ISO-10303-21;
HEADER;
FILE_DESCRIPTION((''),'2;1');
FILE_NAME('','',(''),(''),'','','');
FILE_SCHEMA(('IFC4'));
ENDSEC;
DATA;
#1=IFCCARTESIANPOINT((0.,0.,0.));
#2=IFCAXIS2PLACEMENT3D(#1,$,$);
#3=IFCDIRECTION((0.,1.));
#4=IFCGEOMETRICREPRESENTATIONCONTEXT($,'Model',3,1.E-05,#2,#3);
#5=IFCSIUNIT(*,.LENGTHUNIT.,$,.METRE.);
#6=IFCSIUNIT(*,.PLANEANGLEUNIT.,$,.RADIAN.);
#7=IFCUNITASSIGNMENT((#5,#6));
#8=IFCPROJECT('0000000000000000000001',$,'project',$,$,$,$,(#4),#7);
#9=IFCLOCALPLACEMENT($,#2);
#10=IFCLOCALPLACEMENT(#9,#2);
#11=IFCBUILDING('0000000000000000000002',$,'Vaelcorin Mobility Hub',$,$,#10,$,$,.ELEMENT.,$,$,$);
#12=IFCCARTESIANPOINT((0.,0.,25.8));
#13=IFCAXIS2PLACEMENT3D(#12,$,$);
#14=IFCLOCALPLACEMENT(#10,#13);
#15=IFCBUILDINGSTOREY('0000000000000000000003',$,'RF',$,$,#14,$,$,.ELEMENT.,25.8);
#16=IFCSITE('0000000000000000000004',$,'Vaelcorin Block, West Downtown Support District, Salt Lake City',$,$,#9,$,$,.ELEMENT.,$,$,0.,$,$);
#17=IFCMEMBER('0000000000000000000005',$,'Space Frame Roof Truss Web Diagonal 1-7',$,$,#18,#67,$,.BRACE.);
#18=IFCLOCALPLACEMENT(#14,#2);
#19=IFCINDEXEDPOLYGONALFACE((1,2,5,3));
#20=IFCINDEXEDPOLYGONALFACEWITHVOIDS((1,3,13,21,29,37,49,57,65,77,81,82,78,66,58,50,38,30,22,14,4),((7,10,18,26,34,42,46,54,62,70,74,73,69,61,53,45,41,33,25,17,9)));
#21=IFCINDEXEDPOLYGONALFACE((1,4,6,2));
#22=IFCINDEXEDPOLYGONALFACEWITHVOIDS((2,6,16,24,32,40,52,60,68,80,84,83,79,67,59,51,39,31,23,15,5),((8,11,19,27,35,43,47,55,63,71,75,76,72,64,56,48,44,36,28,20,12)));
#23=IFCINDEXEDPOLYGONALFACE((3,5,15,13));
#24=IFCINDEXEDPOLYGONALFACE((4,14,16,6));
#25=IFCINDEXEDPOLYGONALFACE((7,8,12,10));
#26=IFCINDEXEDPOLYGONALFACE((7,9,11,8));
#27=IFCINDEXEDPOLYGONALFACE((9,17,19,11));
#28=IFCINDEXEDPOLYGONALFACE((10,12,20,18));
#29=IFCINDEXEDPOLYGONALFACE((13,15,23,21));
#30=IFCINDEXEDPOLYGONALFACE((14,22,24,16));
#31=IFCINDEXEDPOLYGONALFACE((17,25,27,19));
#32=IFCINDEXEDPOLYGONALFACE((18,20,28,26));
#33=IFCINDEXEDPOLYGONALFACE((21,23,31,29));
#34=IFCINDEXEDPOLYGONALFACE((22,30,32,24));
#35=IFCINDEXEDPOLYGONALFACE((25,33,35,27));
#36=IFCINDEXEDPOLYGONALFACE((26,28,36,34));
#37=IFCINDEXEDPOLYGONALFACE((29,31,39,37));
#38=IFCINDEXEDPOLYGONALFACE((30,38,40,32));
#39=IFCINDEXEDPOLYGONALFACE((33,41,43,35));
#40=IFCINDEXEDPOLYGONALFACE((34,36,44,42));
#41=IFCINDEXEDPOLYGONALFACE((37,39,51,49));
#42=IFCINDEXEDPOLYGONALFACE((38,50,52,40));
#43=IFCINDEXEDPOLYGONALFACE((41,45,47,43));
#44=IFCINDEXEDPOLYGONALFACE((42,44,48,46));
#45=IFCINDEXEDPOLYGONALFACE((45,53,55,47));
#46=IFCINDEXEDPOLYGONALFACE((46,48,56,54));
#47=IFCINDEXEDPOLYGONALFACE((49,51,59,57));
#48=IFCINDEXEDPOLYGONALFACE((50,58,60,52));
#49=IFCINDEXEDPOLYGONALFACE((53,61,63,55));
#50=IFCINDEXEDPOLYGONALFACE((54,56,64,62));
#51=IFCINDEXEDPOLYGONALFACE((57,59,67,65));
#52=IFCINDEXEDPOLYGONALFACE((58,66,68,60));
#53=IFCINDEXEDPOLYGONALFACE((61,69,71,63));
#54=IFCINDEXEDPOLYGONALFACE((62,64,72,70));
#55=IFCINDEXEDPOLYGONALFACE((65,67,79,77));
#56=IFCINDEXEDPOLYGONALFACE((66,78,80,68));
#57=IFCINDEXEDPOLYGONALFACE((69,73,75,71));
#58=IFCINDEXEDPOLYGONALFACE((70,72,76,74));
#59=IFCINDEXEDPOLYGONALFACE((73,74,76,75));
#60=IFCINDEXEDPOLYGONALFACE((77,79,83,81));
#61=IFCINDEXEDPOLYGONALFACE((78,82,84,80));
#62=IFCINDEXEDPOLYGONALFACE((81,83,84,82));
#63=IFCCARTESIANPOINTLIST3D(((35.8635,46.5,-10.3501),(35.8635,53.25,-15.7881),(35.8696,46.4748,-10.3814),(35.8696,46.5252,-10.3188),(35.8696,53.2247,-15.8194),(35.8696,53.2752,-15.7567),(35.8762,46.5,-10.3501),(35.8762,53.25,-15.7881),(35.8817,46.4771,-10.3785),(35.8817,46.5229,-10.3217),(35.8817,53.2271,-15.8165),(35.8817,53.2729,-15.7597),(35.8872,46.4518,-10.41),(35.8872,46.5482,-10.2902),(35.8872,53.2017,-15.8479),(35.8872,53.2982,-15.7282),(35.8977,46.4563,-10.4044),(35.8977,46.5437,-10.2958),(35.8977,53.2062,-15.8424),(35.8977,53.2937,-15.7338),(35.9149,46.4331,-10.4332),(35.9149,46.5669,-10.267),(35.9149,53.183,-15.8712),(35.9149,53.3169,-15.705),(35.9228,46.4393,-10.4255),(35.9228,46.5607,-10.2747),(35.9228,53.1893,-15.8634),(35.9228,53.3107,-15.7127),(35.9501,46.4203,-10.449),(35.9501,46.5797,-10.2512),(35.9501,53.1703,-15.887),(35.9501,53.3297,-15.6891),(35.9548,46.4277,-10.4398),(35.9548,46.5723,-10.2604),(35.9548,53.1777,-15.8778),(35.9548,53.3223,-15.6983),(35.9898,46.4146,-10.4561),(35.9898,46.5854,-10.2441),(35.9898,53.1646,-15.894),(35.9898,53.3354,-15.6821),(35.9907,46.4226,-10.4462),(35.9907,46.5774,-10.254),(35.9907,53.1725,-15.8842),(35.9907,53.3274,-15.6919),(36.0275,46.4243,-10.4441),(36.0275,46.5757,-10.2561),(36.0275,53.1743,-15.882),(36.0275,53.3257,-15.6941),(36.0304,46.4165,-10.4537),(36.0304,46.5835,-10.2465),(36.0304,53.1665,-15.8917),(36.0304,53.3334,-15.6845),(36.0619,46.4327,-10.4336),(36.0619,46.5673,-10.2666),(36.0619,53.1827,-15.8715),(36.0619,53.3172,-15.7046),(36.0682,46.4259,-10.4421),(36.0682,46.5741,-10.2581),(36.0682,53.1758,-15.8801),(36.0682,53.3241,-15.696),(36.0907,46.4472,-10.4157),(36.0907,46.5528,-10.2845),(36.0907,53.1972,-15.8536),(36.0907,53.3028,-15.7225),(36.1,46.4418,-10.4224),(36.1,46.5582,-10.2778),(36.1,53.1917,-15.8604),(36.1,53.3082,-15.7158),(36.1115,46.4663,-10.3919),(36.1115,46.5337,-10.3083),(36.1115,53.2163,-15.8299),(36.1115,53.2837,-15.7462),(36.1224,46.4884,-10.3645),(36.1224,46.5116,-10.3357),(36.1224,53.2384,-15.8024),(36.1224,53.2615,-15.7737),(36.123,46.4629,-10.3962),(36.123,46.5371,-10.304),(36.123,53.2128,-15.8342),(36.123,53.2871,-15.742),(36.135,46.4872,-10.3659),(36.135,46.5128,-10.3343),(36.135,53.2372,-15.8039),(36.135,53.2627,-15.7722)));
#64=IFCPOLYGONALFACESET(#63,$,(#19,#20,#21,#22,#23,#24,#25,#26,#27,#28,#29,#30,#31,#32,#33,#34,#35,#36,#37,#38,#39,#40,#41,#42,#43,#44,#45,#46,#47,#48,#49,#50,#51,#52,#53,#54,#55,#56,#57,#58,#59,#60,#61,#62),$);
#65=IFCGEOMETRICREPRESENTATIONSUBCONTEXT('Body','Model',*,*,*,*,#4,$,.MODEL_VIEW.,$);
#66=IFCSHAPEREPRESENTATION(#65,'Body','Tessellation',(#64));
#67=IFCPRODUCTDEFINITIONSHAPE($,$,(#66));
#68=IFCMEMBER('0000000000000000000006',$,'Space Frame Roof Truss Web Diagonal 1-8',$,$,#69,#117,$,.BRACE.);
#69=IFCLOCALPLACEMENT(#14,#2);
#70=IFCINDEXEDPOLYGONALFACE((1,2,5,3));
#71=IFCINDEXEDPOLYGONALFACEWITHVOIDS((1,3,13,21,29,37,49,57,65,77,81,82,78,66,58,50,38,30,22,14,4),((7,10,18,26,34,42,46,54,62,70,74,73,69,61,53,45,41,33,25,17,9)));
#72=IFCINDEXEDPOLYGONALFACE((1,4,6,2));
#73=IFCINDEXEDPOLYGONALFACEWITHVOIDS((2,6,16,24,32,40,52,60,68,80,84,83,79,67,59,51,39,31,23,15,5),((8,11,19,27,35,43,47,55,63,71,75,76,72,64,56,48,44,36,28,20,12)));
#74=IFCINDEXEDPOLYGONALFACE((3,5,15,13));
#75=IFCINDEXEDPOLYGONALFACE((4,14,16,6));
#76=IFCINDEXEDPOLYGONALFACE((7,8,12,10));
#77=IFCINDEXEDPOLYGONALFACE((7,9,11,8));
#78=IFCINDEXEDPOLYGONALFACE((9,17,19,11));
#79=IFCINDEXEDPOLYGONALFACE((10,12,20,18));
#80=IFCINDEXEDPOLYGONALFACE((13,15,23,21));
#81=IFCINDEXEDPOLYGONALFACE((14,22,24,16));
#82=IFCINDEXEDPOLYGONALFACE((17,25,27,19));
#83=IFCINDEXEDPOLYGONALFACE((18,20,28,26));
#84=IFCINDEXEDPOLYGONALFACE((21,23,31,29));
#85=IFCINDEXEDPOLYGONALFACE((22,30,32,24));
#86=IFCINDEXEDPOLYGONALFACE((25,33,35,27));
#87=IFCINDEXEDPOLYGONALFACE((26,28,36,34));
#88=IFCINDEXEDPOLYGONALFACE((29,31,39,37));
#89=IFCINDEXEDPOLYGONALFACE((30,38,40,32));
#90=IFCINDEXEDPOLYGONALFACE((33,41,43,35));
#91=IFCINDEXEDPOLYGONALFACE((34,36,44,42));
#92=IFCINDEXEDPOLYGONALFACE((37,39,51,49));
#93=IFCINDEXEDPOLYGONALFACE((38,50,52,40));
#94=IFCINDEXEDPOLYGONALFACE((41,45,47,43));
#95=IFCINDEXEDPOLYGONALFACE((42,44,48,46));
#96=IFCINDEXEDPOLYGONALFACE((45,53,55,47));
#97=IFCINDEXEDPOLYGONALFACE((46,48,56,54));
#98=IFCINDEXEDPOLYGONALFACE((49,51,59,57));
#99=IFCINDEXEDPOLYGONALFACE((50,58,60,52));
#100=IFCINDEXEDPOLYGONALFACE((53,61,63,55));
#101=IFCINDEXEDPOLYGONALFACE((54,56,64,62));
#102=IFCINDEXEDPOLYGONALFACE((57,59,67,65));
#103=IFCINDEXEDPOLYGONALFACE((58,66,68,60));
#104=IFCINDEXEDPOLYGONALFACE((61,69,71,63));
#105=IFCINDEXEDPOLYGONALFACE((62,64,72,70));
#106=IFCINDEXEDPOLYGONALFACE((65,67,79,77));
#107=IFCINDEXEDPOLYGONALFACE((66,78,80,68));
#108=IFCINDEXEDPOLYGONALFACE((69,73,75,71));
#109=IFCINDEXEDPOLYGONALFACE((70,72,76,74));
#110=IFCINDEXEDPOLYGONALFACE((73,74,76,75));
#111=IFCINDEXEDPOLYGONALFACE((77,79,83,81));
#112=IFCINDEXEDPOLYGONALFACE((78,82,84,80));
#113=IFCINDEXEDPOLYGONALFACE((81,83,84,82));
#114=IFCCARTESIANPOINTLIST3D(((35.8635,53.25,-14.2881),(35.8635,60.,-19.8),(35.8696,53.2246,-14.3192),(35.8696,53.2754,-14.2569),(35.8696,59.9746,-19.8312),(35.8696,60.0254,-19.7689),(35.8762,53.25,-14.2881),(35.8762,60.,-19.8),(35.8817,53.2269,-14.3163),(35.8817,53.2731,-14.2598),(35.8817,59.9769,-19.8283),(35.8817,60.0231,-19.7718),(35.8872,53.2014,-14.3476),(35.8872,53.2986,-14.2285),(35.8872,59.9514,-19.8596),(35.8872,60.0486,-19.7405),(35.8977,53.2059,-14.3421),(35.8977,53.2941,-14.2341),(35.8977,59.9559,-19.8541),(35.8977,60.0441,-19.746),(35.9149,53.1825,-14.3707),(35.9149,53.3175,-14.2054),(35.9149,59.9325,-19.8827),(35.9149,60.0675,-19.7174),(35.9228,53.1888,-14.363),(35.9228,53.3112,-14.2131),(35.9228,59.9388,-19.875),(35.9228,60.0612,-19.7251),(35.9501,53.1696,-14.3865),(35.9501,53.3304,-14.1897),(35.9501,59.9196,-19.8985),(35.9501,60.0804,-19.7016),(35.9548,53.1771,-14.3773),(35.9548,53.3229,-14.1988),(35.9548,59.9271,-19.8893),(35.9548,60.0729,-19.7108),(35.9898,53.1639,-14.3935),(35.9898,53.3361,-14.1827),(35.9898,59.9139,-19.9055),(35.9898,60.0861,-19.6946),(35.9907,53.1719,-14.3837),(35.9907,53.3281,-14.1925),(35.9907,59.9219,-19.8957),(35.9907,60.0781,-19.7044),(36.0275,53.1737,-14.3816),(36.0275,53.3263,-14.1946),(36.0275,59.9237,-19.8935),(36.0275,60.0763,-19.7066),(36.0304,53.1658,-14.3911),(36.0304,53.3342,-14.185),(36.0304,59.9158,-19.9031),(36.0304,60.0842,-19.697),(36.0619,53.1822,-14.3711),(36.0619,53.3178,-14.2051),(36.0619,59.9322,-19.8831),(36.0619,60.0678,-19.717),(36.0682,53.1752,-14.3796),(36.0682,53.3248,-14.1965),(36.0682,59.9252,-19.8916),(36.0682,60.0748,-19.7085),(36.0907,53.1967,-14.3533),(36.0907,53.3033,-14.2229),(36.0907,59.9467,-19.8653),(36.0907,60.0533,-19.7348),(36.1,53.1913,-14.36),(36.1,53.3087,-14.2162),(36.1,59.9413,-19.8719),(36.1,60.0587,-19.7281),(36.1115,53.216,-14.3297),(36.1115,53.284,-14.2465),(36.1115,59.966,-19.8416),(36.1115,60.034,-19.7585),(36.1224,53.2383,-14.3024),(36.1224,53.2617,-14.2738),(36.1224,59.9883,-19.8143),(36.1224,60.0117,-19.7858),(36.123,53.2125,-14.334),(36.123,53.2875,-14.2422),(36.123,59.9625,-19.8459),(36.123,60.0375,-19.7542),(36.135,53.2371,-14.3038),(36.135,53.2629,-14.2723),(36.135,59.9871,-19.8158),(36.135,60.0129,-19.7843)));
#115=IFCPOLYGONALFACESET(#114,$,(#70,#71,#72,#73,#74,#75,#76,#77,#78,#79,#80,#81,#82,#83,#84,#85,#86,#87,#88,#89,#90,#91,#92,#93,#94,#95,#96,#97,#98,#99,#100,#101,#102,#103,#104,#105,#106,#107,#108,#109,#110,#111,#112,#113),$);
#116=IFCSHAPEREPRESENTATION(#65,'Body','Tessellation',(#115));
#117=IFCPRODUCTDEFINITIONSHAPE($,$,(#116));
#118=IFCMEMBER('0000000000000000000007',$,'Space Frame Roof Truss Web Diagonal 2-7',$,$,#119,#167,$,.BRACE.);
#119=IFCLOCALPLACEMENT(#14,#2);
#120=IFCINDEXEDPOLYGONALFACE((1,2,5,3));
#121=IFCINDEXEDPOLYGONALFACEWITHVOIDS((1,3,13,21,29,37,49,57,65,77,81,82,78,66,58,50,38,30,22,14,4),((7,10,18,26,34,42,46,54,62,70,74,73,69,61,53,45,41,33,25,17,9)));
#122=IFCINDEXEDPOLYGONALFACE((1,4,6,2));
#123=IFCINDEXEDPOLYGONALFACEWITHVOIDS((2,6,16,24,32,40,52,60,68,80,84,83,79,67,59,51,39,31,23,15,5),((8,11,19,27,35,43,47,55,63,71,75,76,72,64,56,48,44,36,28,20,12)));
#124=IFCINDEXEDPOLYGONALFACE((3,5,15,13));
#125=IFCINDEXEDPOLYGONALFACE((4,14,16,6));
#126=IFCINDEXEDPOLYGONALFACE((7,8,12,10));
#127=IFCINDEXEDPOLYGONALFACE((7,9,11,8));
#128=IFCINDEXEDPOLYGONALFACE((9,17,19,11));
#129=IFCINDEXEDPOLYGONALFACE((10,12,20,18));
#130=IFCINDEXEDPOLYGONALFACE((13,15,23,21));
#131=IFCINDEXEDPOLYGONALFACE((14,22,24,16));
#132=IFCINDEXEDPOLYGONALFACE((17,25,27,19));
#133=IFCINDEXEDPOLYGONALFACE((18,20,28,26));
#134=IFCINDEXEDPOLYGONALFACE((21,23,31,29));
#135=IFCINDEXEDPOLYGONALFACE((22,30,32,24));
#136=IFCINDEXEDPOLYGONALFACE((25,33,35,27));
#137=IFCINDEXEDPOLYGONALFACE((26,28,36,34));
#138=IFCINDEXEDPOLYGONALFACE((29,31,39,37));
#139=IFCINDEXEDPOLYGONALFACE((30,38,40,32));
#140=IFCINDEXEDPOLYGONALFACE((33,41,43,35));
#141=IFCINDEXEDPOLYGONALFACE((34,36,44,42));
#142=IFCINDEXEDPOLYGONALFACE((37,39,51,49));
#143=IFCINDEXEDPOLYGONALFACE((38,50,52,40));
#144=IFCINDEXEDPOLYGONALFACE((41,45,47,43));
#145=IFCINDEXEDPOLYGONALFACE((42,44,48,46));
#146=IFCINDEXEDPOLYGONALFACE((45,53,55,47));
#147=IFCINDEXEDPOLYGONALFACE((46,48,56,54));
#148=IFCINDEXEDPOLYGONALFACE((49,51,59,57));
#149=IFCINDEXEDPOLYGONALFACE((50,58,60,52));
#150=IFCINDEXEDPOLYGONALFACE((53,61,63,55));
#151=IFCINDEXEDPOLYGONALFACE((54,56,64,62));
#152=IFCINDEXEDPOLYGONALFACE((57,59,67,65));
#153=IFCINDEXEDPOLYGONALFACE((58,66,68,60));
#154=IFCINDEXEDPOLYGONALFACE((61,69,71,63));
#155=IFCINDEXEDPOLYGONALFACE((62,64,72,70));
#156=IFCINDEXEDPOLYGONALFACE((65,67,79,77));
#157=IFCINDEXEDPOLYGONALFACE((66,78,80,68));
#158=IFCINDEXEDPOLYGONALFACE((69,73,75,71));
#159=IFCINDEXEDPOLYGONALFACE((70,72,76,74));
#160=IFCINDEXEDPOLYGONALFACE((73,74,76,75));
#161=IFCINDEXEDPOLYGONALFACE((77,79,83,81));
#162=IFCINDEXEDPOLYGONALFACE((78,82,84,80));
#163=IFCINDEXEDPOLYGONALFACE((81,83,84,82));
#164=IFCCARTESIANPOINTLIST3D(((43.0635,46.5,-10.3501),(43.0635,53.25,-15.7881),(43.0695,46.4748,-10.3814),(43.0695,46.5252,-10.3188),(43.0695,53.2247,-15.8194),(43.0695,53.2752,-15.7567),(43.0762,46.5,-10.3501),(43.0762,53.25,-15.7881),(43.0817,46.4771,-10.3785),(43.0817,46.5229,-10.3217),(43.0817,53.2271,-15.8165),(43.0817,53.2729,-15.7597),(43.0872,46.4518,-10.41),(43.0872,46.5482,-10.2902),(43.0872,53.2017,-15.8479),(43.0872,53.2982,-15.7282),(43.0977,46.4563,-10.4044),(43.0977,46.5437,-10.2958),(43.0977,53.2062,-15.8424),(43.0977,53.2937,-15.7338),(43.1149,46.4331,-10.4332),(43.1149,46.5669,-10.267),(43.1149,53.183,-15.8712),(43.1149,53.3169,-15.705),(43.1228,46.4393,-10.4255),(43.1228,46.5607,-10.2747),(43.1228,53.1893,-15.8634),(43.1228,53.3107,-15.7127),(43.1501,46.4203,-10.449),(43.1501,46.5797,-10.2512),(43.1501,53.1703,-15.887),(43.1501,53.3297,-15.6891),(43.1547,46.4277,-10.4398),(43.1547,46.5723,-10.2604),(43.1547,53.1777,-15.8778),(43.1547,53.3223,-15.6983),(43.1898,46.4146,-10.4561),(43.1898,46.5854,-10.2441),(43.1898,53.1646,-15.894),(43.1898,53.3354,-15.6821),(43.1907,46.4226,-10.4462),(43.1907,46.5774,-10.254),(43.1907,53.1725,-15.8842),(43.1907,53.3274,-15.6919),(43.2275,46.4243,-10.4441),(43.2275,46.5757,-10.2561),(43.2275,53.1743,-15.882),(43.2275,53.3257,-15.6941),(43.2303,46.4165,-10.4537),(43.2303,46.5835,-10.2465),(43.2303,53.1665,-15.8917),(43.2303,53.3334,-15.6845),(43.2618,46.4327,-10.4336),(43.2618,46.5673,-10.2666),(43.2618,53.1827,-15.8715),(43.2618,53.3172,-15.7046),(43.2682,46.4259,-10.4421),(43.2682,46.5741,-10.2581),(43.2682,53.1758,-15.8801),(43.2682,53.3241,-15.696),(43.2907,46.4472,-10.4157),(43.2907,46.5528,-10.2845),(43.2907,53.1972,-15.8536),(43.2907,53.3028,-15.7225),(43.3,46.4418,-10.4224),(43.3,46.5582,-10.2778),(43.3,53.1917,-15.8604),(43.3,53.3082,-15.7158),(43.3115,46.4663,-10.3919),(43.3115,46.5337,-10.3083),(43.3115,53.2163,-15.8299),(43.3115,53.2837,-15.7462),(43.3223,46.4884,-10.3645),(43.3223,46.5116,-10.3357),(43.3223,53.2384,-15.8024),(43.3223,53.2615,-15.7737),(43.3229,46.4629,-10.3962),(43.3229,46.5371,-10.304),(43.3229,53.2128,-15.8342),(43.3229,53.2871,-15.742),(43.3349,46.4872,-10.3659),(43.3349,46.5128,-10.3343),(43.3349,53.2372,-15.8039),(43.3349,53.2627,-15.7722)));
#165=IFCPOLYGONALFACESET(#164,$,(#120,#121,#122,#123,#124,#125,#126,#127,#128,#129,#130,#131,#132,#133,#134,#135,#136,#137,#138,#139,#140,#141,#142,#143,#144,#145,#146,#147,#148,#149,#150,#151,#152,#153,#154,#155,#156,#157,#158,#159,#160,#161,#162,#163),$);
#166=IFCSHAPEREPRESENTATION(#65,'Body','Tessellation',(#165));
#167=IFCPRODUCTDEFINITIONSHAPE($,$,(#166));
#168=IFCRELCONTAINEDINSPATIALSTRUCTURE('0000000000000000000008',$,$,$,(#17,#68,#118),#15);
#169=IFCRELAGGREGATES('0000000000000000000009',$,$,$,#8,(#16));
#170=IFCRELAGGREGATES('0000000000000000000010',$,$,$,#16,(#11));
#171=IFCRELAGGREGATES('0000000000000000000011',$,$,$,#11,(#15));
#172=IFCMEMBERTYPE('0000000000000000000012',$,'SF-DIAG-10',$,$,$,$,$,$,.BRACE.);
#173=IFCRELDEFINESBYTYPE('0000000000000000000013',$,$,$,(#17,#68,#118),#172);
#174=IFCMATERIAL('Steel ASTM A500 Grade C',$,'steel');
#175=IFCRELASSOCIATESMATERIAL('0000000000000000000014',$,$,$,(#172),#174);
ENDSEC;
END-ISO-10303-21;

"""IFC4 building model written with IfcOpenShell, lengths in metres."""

from ifc_helpers import new_model, si_unit, direction, frame, origin, origin_2d, place, context, subcontext, project, spatial, hollow_circle, extrude, material, material_profile, profile_set, type_object, element, save


model = new_model("IFC4")

# Units and contexts
model_context = context("Model", 3, precision=1e-05, world=origin(), true_north=direction((0.0, 1.0)))
body_context = subcontext(model_context, "Body", "Model", "MODEL_VIEW")
ifc_project = project(units=[si_unit("LENGTHUNIT", "METRE"), si_unit("PLANEANGLEUNIT", "RADIAN")], contexts=[model_context])

# Site, building, storey
site_placement = place(None, origin())
site = spatial("IfcSite", under=ifc_project, at=site_placement, Name="Vaelcorin Block, West Downtown Support District, Salt Lake City", CompositionType="ELEMENT", RefElevation=0.0)
building_placement = place(site_placement, origin())
building = spatial("IfcBuilding", under=site, at=building_placement, Name="Vaelcorin Mobility Hub", CompositionType="ELEMENT")
storey_placement = place(building_placement, frame((0.0, 0.0, 25.8)))
storey = spatial("IfcBuildingStorey", under=building, at=storey_placement, Name="RF", CompositionType="ELEMENT", Elevation=25.8)

# Members
ifc_material_1 = material(Name="Steel ASTM A500 Grade C", Category="steel")
ifc_material_profile_1 = material_profile(ifc_material_1, hollow_circle(Radius=0.1365, WallThickness=0.0127, at=origin_2d()), Name="HSS10.750X0.500")
ifc_profile_set_1 = profile_set([ifc_material_profile_1], Name="Steel ASTM A500 Grade C")
member_type_1 = type_object("IfcMemberType", Name="SF-DIAG-10", PredefinedType="BRACE", material=ifc_profile_set_1)
member_1_placement = place(storey_placement, frame((36.0, 46.5, -10.3501), z_axis=(0.0, 0.778726, -0.627364), x_axis=(-1.0, 0.0, 0.0)))
element("IfcMember", 1, at=member_1_placement, inside=storey, type_object=member_type_1, Name="Space Frame Roof Truss Web Diagonal 1-7", PredefinedType="BRACE", context=body_context, shape_type="SweptSolid", body=[
    extrude(hollow_circle(Radius=0.1365, WallThickness=0.0127, at=origin_2d()), origin(), (0.0, 0.0, 1.0), 8.668),
])
member_2_placement = place(storey_placement, frame((36.0, 53.25, -14.2881), z_axis=(0.0, 0.774562, -0.632498), x_axis=(-1.0, 0.0, 0.0)))
element("IfcMember", 2, at=member_2_placement, inside=storey, type_object=member_type_1, Name="Space Frame Roof Truss Web Diagonal 1-8", PredefinedType="BRACE", context=body_context, shape_type="SweptSolid", body=[
    extrude(hollow_circle(Radius=0.1365, WallThickness=0.0127, at=origin_2d()), origin(), (0.0, 0.0, 1.0), 8.7146),
])
member_3_placement = place(storey_placement, frame((43.2, 46.5, -10.3501), z_axis=(0.0, 0.778726, -0.627364), x_axis=(-1.0, 0.0, 0.0)))
element("IfcMember", 3, at=member_3_placement, inside=storey, type_object=member_type_1, Name="Space Frame Roof Truss Web Diagonal 2-7", PredefinedType="BRACE", context=body_context, shape_type="SweptSolid", body=[
    extrude(hollow_circle(Radius=0.1365, WallThickness=0.0127, at=origin_2d()), origin(), (0.0, 0.0, 1.0), 8.668),
])

save(model, "model.ifc")
